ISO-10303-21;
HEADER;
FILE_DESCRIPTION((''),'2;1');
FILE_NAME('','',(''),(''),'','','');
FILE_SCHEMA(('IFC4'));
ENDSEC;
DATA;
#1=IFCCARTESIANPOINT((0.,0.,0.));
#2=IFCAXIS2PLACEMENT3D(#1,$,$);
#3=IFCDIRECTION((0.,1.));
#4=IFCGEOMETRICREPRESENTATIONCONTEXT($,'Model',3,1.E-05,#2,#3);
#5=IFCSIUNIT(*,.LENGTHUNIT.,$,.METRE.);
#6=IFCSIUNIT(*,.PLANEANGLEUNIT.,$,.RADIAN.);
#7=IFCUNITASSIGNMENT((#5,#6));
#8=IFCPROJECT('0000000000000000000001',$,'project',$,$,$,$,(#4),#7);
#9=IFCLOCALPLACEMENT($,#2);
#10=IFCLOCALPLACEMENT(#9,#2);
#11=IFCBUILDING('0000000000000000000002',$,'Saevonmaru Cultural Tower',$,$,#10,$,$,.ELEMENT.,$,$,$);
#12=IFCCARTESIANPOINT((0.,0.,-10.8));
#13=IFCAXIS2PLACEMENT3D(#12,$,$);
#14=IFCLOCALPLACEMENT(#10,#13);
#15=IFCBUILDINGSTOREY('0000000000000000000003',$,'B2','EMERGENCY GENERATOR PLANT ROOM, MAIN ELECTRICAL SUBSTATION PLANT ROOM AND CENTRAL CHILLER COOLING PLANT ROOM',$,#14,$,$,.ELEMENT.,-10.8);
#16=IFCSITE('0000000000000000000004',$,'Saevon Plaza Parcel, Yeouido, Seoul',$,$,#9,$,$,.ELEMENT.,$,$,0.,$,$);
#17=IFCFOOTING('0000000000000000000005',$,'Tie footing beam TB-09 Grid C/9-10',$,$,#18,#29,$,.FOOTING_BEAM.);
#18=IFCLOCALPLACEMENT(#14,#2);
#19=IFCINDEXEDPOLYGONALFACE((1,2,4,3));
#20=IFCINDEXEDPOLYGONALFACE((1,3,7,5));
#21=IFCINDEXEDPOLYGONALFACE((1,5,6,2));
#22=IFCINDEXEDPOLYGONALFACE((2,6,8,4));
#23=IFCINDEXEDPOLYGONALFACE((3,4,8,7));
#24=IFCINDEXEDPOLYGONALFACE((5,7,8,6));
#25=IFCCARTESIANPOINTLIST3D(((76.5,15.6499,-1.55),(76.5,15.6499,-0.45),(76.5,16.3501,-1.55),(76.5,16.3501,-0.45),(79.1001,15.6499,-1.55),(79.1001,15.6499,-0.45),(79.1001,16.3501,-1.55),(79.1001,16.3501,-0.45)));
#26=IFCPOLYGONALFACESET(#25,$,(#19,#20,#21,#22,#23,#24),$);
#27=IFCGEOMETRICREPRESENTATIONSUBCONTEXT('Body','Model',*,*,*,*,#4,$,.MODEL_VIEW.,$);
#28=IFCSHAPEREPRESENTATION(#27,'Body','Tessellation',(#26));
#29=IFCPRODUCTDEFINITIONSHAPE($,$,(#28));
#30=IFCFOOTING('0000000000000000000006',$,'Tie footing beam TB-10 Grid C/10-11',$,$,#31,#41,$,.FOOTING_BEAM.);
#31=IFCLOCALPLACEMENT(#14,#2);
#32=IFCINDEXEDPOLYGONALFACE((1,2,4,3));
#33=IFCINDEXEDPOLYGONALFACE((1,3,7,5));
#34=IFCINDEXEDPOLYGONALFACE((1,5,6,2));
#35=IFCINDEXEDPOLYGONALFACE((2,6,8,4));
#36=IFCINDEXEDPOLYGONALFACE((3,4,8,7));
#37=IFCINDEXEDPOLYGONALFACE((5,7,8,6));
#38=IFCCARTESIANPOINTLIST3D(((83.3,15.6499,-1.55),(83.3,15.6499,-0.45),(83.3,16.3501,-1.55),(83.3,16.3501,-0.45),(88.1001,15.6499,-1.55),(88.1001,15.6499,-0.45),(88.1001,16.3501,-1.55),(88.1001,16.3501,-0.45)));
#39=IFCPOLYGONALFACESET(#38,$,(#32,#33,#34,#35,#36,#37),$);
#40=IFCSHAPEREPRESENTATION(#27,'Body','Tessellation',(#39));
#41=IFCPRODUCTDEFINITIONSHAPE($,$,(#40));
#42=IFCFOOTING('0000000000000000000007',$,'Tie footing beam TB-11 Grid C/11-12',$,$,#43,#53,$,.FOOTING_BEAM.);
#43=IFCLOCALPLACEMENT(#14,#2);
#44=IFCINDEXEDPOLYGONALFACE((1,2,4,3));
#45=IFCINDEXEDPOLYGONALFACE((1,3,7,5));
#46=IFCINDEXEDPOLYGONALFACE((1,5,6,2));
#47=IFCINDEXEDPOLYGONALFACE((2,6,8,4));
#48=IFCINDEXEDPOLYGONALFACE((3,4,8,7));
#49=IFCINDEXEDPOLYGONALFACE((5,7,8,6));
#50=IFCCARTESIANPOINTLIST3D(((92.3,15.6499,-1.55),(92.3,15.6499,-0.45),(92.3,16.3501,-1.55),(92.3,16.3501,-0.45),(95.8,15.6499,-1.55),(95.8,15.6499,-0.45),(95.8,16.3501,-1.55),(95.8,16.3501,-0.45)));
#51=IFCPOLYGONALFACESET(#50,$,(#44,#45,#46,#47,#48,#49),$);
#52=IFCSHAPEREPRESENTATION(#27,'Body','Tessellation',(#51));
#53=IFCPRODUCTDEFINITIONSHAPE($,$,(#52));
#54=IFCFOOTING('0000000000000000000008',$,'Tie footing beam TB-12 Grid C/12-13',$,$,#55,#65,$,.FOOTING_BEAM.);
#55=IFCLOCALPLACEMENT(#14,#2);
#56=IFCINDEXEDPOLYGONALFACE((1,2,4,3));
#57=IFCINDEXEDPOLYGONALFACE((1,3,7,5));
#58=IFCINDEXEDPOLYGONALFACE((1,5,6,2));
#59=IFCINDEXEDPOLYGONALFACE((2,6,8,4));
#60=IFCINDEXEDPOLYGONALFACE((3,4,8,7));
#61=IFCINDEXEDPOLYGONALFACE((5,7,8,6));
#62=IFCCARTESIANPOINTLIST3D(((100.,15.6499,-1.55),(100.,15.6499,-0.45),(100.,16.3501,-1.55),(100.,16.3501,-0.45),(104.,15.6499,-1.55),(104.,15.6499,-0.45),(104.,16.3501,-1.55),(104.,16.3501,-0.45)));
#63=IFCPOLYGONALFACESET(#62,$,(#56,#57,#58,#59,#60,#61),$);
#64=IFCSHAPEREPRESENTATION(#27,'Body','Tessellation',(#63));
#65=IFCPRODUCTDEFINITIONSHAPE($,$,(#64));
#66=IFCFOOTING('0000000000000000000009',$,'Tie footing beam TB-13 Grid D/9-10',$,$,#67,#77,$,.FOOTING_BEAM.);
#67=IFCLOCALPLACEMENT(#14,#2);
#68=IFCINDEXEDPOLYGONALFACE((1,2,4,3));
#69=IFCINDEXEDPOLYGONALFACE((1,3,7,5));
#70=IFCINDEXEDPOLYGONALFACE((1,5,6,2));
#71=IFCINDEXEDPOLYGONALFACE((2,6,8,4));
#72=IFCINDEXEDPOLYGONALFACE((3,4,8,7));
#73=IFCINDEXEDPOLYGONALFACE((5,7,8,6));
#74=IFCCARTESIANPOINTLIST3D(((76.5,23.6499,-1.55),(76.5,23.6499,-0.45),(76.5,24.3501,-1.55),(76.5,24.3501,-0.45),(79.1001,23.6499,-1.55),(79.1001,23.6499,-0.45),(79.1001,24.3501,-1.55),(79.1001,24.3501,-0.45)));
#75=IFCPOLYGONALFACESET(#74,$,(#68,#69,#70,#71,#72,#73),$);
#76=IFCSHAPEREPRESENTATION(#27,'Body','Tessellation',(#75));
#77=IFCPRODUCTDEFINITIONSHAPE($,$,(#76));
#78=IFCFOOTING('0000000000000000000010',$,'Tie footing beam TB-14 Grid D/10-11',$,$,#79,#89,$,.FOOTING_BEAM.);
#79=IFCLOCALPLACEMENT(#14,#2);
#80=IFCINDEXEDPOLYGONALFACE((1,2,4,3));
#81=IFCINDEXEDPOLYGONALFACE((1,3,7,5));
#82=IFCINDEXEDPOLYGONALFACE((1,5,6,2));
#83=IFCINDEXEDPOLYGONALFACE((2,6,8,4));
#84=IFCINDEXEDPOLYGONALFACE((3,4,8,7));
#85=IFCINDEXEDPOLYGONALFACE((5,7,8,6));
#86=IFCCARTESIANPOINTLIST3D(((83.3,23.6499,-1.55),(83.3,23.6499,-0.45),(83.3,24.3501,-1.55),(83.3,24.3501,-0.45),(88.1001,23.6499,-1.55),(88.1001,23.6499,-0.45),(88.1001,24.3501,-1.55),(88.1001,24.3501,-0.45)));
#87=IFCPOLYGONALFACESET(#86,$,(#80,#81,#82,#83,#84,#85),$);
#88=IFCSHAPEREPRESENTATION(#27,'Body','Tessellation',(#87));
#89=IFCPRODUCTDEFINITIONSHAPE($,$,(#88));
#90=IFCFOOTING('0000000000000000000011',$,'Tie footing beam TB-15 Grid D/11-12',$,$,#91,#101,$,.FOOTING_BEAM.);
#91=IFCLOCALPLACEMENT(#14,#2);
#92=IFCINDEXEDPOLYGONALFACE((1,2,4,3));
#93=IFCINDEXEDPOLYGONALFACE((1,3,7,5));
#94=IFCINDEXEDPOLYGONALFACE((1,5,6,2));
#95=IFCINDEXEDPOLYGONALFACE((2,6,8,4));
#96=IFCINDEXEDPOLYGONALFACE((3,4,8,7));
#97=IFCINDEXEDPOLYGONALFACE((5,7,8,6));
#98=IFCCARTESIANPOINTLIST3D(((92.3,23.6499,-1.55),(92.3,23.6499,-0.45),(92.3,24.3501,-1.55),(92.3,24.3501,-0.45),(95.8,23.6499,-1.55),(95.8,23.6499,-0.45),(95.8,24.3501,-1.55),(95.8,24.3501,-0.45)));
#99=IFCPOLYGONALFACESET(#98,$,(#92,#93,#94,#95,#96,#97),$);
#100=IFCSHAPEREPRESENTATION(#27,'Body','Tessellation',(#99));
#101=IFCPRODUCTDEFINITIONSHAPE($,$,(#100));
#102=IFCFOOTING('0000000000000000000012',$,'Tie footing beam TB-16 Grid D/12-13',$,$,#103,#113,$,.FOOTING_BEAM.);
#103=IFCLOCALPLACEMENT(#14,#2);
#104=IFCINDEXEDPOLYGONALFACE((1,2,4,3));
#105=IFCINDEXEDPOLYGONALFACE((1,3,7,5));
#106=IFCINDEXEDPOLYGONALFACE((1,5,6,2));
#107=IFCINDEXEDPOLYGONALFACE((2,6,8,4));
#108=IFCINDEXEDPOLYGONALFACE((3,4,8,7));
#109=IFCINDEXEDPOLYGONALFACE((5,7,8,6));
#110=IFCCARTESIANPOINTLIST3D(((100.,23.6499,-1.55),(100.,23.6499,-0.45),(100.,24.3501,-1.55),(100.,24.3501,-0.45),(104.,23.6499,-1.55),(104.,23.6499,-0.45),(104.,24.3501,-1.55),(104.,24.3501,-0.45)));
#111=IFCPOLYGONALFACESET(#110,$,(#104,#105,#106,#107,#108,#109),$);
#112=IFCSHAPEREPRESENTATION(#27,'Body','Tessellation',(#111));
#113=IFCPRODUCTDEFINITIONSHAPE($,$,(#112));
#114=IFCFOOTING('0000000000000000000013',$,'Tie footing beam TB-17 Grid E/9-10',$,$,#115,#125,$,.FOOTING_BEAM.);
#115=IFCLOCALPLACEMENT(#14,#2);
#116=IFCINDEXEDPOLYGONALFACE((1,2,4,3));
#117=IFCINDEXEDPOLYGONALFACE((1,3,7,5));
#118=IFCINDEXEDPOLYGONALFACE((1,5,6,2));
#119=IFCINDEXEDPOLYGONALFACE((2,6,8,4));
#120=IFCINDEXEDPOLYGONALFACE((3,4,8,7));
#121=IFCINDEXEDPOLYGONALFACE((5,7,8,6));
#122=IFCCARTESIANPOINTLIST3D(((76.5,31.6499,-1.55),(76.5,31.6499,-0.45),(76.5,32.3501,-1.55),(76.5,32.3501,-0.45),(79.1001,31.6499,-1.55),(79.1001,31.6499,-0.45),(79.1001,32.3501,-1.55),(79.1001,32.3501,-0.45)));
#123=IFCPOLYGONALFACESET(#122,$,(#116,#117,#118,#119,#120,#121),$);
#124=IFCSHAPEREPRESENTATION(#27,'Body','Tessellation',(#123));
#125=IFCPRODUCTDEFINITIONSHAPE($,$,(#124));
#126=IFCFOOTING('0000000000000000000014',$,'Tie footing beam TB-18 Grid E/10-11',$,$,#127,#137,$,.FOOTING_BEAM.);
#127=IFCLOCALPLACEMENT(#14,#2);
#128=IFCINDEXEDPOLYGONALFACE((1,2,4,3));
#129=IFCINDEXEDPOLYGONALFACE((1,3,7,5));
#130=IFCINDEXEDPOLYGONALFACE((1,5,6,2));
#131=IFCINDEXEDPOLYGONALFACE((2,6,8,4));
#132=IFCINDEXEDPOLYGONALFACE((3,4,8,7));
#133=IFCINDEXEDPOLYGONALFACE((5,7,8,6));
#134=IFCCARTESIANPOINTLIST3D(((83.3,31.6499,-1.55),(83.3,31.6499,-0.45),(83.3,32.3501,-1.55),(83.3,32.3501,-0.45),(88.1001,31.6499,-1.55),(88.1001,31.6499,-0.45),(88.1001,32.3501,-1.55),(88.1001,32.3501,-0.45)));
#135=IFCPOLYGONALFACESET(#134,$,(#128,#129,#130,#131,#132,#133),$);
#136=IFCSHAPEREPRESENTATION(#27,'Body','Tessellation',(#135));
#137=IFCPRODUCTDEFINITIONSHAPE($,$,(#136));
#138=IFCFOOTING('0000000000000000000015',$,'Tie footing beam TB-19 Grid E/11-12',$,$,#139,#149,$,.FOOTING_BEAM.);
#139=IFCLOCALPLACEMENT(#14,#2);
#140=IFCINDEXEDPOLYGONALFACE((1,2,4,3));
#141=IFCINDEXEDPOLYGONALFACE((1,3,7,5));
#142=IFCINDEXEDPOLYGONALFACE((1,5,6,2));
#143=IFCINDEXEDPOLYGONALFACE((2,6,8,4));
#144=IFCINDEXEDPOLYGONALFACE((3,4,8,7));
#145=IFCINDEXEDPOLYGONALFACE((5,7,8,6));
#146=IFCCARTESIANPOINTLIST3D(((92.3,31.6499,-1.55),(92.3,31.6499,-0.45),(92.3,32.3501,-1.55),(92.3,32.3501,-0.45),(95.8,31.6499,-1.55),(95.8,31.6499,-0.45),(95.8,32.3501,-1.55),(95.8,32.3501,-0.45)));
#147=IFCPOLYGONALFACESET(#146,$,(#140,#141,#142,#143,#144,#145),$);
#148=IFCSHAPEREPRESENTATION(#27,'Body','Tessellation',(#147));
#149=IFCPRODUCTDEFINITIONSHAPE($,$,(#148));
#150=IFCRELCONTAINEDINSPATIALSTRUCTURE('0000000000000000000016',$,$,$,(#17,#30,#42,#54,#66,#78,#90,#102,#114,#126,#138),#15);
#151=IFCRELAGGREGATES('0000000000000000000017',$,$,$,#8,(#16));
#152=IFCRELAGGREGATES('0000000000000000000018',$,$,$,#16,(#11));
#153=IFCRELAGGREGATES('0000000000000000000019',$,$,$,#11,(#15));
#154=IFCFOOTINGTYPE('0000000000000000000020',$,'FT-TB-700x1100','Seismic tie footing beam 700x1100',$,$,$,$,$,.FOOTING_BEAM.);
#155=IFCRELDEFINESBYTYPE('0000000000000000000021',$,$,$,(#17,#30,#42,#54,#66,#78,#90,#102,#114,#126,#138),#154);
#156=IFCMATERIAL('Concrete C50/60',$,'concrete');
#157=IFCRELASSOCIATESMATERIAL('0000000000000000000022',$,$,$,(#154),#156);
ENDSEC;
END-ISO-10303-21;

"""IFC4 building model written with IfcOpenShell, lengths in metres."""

from ifc_helpers import new_model, si_unit, direction, frame, origin, place, context, subcontext, project, spatial, polyline, outline, extrude, material, type_object, element, save


model = new_model("IFC4")

# Units and contexts
model_context = context("Model", 3, precision=1e-05, world=origin(), true_north=direction((0.0, 1.0)))
body_context = subcontext(model_context, "Body", "Model", "MODEL_VIEW")
ifc_project = project(units=[si_unit("LENGTHUNIT", "METRE"), si_unit("PLANEANGLEUNIT", "RADIAN")], contexts=[model_context])

# Site, building, storey
site_placement = place(None, origin())
site = spatial("IfcSite", under=ifc_project, at=site_placement, Name="Saevon Plaza Parcel, Yeouido, Seoul", CompositionType="ELEMENT", RefElevation=0.0)
building_placement = place(site_placement, origin())
building = spatial("IfcBuilding", under=site, at=building_placement, Name="Saevonmaru Cultural Tower", CompositionType="ELEMENT")
storey_placement = place(building_placement, frame((0.0, 0.0, -10.8)))
storey = spatial("IfcBuildingStorey", under=building, at=storey_placement, Name="B2", Description="EMERGENCY GENERATOR PLANT ROOM, MAIN ELECTRICAL SUBSTATION PLANT ROOM AND CENTRAL CHILLER COOLING PLANT ROOM", CompositionType="ELEMENT", Elevation=-10.8)

# Footings
ifc_material = material(Name="Concrete C50/60", Category="concrete")
footing_type_1 = type_object("IfcFootingType", Name="FT-TB-700x1100", Description="Seismic tie footing beam 700x1100", PredefinedType="FOOTING_BEAM", material=ifc_material)
footing_1_placement = place(storey_placement, frame((0.0, 0.0, -1.55)))
element("IfcFooting", 1, at=footing_1_placement, inside=storey, type_object=footing_type_1, Name="Tie footing beam TB-09 Grid C/9-10", PredefinedType="FOOTING_BEAM", context=body_context, shape_type="SweptSolid", body=[
    extrude(outline(polyline([(76.5, 15.6499), (79.1001, 15.6499), (79.1001, 16.3501), (76.5, 16.3501), (76.5, 15.6499)])), origin(), (0.0, 0.0, 1.0), 1.1001),
])
footing_2_placement = place(storey_placement, frame((0.0, 0.0, -1.55)))
element("IfcFooting", 2, at=footing_2_placement, inside=storey, type_object=footing_type_1, Name="Tie footing beam TB-10 Grid C/10-11", PredefinedType="FOOTING_BEAM", context=body_context, shape_type="SweptSolid", body=[
    extrude(outline(polyline([(83.3, 15.6499), (88.1001, 15.6499), (88.1001, 16.3501), (83.3, 16.3501), (83.3, 15.6499)])), origin(), (0.0, 0.0, 1.0), 1.1001),
])
footing_3_placement = place(storey_placement, frame((0.0, 0.0, -1.55)))
element("IfcFooting", 3, at=footing_3_placement, inside=storey, type_object=footing_type_1, Name="Tie footing beam TB-11 Grid C/11-12", PredefinedType="FOOTING_BEAM", context=body_context, shape_type="SweptSolid", body=[
    extrude(outline(polyline([(92.3, 15.6499), (95.8, 15.6499), (95.8, 16.3501), (92.3, 16.3501), (92.3, 15.6499)])), origin(), (0.0, 0.0, 1.0), 1.1001),
])
footing_4_placement = place(storey_placement, frame((0.0, 0.0, -1.55)))
element("IfcFooting", 4, at=footing_4_placement, inside=storey, type_object=footing_type_1, Name="Tie footing beam TB-12 Grid C/12-13", PredefinedType="FOOTING_BEAM", context=body_context, shape_type="SweptSolid", body=[
    extrude(outline(polyline([(100.0, 15.6499), (104.0, 15.6499), (104.0, 16.3501), (100.0, 16.3501), (100.0, 15.6499)])), origin(), (0.0, 0.0, 1.0), 1.1001),
])
footing_5_placement = place(storey_placement, frame((0.0, 0.0, -1.55)))
element("IfcFooting", 5, at=footing_5_placement, inside=storey, type_object=footing_type_1, Name="Tie footing beam TB-13 Grid D/9-10", PredefinedType="FOOTING_BEAM", context=body_context, shape_type="SweptSolid", body=[
    extrude(outline(polyline([(76.5, 23.6499), (79.1001, 23.6499), (79.1001, 24.3501), (76.5, 24.3501), (76.5, 23.6499)])), origin(), (0.0, 0.0, 1.0), 1.1001),
])
footing_6_placement = place(storey_placement, frame((0.0, 0.0, -1.55)))
element("IfcFooting", 6, at=footing_6_placement, inside=storey, type_object=footing_type_1, Name="Tie footing beam TB-14 Grid D/10-11", PredefinedType="FOOTING_BEAM", context=body_context, shape_type="SweptSolid", body=[
    extrude(outline(polyline([(83.3, 23.6499), (88.1001, 23.6499), (88.1001, 24.3501), (83.3, 24.3501), (83.3, 23.6499)])), origin(), (0.0, 0.0, 1.0), 1.1001),
])
footing_7_placement = place(storey_placement, frame((0.0, 0.0, -1.55)))
element("IfcFooting", 7, at=footing_7_placement, inside=storey, type_object=footing_type_1, Name="Tie footing beam TB-15 Grid D/11-12", PredefinedType="FOOTING_BEAM", context=body_context, shape_type="SweptSolid", body=[
    extrude(outline(polyline([(92.3, 23.6499), (95.8, 23.6499), (95.8, 24.3501), (92.3, 24.3501), (92.3, 23.6499)])), origin(), (0.0, 0.0, 1.0), 1.1001),
])
footing_8_placement = place(storey_placement, frame((0.0, 0.0, -1.55)))
element("IfcFooting", 8, at=footing_8_placement, inside=storey, type_object=footing_type_1, Name="Tie footing beam TB-16 Grid D/12-13", PredefinedType="FOOTING_BEAM", context=body_context, shape_type="SweptSolid", body=[
    extrude(outline(polyline([(100.0, 23.6499), (104.0, 23.6499), (104.0, 24.3501), (100.0, 24.3501), (100.0, 23.6499)])), origin(), (0.0, 0.0, 1.0), 1.1001),
])
footing_9_placement = place(storey_placement, frame((0.0, 0.0, -1.55)))
element("IfcFooting", 9, at=footing_9_placement, inside=storey, type_object=footing_type_1, Name="Tie footing beam TB-17 Grid E/9-10", PredefinedType="FOOTING_BEAM", context=body_context, shape_type="SweptSolid", body=[
    extrude(outline(polyline([(76.5, 31.6499), (79.1001, 31.6499), (79.1001, 32.3501), (76.5, 32.3501), (76.5, 31.6499)])), origin(), (0.0, 0.0, 1.0), 1.1001),
])
footing_10_placement = place(storey_placement, frame((0.0, 0.0, -1.55)))
element("IfcFooting", 10, at=footing_10_placement, inside=storey, type_object=footing_type_1, Name="Tie footing beam TB-18 Grid E/10-11", PredefinedType="FOOTING_BEAM", context=body_context, shape_type="SweptSolid", body=[
    extrude(outline(polyline([(83.3, 31.6499), (88.1001, 31.6499), (88.1001, 32.3501), (83.3, 32.3501), (83.3, 31.6499)])), origin(), (0.0, 0.0, 1.0), 1.1001),
])
footing_11_placement = place(storey_placement, frame((0.0, 0.0, -1.55)))
element("IfcFooting", 11, at=footing_11_placement, inside=storey, type_object=footing_type_1, Name="Tie footing beam TB-19 Grid E/11-12", PredefinedType="FOOTING_BEAM", context=body_context, shape_type="SweptSolid", body=[
    extrude(outline(polyline([(92.3, 31.6499), (95.8, 31.6499), (95.8, 32.3501), (92.3, 32.3501), (92.3, 31.6499)])), origin(), (0.0, 0.0, 1.0), 1.1001),
])

save(model, "model.ifc")
